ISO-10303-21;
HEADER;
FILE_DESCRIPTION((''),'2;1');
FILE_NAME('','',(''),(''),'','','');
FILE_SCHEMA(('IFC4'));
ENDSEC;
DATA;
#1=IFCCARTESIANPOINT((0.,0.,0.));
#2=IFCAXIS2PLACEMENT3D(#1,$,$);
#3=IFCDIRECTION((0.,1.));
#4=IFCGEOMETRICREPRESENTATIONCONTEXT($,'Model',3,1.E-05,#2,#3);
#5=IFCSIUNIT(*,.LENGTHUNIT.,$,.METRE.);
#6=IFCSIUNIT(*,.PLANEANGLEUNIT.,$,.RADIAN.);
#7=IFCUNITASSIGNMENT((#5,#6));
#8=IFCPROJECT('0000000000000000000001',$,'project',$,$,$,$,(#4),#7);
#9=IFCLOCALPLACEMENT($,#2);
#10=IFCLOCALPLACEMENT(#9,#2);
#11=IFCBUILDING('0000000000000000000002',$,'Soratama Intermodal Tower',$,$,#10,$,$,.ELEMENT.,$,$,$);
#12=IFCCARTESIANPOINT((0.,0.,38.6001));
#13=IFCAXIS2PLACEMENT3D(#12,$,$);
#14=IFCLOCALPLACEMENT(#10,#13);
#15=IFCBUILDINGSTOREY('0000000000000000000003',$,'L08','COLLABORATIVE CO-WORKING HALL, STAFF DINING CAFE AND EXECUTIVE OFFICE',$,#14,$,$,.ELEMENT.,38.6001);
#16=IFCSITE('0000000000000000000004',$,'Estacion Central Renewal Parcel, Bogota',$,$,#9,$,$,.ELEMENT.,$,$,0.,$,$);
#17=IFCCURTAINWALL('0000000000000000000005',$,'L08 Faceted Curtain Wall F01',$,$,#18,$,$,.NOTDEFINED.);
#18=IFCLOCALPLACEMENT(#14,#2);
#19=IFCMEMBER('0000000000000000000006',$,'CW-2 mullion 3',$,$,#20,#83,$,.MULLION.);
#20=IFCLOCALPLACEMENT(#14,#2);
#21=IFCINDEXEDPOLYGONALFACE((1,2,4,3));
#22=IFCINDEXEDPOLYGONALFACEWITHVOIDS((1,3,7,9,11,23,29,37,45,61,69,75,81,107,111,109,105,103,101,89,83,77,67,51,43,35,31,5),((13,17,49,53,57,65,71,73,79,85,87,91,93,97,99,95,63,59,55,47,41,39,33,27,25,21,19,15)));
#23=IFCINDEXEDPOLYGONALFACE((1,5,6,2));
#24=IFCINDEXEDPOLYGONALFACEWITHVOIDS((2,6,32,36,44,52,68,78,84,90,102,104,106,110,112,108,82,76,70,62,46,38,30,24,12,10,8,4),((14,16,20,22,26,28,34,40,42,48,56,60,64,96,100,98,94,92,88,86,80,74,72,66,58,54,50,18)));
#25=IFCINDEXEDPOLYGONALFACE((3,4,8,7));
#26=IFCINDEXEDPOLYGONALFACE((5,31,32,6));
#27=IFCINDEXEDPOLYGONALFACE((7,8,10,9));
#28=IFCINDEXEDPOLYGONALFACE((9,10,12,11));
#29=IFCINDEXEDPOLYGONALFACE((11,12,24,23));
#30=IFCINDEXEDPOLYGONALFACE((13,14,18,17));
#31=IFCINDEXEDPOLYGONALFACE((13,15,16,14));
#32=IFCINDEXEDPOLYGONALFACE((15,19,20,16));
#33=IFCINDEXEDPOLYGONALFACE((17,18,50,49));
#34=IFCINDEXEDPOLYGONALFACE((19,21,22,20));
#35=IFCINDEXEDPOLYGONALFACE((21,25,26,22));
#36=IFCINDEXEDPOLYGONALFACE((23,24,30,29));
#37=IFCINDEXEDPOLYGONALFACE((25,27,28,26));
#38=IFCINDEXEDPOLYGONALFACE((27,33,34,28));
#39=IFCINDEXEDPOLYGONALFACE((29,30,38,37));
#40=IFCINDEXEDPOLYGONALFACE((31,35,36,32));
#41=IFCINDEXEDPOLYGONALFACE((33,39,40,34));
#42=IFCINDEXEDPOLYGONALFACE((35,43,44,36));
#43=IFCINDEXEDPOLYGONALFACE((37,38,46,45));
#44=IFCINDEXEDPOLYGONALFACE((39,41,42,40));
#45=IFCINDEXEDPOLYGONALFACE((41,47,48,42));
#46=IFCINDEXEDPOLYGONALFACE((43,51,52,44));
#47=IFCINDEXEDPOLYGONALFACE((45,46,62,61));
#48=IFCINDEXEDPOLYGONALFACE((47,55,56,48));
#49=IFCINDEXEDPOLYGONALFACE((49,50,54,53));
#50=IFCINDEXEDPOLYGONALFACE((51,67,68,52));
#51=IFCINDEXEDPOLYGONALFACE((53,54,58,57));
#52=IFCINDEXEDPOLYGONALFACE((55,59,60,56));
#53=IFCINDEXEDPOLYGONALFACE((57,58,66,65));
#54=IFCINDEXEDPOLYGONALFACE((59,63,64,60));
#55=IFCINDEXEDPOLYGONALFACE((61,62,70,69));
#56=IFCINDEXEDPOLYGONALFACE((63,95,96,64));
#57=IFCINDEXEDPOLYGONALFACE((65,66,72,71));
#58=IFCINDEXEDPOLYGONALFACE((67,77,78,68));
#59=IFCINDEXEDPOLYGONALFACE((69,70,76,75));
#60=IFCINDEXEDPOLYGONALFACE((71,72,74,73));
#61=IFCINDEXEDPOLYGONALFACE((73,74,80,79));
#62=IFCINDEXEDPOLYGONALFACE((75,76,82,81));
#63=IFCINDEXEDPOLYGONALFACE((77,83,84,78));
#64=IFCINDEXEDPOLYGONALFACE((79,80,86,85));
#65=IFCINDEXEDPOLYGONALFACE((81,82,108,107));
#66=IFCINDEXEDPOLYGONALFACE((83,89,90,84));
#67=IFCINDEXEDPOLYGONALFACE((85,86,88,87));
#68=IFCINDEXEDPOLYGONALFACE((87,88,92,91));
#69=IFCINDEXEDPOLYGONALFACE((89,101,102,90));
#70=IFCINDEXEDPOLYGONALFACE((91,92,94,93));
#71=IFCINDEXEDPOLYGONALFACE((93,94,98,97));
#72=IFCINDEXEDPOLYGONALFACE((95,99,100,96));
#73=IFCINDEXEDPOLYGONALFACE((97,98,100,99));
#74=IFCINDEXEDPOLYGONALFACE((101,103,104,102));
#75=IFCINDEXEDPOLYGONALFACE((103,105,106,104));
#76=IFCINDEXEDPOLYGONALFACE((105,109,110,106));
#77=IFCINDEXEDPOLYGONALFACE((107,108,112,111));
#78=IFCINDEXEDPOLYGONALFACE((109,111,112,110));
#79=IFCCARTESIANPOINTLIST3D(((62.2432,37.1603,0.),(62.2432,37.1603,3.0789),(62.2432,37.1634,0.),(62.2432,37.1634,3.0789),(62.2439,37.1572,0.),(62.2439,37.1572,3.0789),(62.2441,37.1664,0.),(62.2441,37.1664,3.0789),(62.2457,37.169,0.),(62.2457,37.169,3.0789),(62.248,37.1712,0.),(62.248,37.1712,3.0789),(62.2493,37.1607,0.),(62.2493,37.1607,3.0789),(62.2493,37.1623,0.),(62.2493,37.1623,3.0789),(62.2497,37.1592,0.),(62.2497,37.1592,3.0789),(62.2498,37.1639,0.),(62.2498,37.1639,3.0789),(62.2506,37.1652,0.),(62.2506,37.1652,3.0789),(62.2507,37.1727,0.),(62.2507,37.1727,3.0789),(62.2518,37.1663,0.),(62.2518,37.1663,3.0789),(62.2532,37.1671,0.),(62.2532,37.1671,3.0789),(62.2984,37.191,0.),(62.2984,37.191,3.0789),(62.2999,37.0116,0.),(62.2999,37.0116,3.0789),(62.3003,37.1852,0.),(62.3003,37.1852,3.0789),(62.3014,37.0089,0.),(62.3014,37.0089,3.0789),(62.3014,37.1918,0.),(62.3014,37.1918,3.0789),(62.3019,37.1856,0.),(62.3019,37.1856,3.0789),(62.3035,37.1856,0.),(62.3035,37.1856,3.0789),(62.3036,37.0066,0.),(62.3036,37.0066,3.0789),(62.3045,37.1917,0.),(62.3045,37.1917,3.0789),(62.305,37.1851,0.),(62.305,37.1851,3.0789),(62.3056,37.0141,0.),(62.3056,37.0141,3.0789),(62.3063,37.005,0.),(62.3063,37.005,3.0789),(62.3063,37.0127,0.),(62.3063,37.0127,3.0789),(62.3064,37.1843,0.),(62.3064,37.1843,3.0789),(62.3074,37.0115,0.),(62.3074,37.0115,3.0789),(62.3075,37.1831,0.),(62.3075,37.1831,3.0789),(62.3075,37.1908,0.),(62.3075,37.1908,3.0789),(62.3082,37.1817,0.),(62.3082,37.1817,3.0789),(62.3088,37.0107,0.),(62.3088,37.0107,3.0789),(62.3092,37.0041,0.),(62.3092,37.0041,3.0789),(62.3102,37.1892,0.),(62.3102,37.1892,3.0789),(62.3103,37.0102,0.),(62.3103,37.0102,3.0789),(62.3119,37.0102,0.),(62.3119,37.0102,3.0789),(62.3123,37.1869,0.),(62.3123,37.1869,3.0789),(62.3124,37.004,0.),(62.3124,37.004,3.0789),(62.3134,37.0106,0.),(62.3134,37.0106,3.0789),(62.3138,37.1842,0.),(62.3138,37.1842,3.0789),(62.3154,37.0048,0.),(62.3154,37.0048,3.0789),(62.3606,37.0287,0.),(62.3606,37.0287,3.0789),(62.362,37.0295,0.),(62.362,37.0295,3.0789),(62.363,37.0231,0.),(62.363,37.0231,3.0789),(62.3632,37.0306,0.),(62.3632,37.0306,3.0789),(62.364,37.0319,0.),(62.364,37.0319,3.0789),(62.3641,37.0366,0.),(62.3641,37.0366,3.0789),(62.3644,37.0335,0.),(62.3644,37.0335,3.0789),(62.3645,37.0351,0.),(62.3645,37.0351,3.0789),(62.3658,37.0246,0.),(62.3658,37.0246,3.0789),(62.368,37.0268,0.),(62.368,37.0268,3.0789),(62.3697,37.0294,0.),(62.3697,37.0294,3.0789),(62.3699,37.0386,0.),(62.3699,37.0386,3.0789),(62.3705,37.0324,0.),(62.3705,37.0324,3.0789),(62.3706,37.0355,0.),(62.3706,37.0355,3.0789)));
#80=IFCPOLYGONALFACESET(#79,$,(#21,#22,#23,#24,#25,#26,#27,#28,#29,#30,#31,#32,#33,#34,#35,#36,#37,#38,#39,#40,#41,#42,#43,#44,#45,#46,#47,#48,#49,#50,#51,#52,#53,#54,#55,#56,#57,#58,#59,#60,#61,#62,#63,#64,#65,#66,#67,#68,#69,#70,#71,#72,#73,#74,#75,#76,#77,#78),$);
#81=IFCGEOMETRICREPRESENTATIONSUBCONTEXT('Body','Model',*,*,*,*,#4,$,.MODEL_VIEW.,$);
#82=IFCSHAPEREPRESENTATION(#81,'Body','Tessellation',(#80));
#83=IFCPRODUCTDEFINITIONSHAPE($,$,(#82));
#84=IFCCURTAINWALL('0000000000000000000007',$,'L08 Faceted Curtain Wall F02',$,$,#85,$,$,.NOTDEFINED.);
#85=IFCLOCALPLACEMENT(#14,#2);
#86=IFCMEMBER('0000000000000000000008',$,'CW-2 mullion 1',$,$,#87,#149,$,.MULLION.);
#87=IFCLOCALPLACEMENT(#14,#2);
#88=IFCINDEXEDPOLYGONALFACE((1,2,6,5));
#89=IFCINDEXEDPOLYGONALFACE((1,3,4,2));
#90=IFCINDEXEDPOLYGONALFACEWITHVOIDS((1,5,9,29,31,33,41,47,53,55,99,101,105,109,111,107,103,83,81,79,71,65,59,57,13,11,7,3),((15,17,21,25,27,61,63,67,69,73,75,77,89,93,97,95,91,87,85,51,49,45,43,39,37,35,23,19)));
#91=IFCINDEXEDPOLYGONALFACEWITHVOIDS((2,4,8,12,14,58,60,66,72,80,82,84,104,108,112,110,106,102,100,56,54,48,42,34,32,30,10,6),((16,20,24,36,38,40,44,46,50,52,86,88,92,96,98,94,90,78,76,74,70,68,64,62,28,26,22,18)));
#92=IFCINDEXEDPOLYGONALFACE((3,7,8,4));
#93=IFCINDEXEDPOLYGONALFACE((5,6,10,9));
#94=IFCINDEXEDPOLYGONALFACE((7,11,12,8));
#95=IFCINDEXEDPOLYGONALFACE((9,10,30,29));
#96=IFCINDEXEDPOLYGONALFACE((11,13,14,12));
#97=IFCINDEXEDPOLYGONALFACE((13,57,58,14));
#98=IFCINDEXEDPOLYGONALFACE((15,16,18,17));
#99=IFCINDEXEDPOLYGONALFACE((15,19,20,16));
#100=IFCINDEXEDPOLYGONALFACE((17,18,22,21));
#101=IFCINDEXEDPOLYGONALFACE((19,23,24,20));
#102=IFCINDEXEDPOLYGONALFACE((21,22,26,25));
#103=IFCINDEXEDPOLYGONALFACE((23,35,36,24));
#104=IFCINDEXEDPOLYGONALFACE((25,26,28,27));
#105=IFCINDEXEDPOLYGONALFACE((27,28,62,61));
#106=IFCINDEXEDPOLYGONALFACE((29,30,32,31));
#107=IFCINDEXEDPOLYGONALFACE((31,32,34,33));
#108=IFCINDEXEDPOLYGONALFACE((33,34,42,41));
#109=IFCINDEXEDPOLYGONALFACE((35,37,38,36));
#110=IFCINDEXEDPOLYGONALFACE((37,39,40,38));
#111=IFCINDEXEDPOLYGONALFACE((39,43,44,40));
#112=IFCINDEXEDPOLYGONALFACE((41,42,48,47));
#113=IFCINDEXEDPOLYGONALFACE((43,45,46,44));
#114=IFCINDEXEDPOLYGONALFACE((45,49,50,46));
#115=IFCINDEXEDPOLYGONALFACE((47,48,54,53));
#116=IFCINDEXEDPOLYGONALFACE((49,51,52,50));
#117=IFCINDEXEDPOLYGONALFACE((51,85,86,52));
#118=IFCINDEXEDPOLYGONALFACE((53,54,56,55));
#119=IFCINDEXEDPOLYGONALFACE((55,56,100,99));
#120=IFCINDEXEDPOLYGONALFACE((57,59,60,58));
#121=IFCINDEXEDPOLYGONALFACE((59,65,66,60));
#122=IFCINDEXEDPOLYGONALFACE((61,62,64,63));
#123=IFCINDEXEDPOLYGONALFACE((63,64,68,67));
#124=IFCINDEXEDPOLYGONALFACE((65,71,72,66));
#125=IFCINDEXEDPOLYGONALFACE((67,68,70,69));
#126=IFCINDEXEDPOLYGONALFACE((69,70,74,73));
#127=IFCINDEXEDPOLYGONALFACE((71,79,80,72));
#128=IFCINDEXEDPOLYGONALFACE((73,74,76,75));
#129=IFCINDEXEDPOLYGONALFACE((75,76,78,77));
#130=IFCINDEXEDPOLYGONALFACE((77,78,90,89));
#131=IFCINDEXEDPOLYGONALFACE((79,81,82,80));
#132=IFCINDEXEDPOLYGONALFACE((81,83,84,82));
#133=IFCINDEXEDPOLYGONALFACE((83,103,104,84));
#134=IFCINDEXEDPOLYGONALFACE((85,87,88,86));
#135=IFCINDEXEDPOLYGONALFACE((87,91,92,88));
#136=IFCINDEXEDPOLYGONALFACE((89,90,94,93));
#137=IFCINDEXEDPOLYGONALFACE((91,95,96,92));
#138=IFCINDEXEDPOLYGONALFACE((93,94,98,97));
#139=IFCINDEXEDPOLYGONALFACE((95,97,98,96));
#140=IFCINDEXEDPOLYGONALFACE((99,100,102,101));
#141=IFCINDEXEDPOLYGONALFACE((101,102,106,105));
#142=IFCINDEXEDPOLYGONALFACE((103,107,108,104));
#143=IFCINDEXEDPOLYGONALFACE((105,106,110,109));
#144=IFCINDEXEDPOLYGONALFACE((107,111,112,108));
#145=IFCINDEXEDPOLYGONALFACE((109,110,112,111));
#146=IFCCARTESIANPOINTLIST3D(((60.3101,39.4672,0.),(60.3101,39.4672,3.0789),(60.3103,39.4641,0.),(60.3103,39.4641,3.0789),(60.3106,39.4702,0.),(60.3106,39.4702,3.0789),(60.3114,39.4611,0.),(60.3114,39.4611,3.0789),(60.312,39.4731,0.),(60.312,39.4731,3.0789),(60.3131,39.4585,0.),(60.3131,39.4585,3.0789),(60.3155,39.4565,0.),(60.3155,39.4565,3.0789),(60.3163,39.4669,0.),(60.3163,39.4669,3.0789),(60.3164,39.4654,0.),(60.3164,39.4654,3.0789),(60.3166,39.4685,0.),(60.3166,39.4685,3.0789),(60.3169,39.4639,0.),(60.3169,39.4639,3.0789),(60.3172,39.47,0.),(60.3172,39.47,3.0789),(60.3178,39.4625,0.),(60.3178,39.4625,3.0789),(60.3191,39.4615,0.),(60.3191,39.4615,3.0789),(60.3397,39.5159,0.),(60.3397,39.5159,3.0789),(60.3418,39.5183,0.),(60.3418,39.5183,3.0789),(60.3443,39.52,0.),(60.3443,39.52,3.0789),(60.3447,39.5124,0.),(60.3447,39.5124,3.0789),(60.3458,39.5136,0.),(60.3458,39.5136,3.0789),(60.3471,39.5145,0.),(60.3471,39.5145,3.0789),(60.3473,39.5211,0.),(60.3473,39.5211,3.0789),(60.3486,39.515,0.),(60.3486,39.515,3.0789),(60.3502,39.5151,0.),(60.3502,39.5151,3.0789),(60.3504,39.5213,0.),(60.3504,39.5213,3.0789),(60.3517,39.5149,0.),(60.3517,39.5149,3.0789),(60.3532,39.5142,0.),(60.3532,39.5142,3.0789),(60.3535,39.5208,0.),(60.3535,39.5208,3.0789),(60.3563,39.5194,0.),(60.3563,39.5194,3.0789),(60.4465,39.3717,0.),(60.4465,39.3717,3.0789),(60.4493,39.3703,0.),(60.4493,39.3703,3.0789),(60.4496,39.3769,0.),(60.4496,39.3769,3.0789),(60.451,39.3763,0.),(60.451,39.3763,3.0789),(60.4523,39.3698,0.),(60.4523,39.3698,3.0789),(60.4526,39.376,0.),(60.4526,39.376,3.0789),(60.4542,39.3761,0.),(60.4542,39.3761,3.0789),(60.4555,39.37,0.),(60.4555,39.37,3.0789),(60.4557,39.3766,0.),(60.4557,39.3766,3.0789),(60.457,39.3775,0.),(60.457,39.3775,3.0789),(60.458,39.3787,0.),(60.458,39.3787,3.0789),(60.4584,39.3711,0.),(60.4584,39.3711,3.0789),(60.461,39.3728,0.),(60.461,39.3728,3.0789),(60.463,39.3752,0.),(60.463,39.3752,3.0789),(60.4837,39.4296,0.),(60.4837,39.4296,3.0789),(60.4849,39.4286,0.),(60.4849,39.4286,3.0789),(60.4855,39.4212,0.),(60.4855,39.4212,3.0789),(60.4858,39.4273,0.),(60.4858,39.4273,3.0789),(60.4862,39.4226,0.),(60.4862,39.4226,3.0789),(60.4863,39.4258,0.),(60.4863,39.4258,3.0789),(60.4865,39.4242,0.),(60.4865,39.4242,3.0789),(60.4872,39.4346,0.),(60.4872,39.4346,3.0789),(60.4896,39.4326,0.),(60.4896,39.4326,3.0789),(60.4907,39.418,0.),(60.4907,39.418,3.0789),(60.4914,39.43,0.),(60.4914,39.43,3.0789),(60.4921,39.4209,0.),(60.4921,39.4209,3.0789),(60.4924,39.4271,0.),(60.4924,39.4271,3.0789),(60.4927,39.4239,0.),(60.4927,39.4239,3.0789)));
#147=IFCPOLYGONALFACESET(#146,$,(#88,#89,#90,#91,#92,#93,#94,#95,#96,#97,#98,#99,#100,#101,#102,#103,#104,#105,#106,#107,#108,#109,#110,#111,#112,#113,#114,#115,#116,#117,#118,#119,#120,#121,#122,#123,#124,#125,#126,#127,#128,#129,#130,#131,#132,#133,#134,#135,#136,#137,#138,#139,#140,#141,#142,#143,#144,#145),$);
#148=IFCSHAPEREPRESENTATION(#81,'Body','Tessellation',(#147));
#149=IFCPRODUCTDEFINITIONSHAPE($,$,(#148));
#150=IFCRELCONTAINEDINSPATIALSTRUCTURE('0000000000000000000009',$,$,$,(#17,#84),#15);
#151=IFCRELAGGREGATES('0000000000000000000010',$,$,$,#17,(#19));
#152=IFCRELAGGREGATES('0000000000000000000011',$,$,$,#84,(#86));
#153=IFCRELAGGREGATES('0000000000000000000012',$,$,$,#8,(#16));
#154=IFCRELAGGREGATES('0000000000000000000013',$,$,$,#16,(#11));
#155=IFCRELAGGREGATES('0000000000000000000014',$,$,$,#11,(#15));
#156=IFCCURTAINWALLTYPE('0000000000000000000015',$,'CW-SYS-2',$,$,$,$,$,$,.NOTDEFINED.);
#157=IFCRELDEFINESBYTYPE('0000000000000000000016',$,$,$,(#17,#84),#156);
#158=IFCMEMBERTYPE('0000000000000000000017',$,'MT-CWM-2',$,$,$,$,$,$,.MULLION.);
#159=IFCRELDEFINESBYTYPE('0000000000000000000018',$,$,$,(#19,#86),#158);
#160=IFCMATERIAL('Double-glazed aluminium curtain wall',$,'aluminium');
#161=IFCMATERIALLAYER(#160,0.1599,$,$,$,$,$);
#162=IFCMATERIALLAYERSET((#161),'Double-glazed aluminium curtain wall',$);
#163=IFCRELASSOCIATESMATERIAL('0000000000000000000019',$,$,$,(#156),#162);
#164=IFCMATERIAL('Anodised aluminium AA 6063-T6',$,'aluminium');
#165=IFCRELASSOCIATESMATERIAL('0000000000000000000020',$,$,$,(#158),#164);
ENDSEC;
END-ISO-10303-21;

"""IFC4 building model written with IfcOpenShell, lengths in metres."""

from ifc_helpers import new_model, si_unit, direction, frame, origin, origin_2d, place, context, subcontext, project, spatial, hollow_rectangle, extrude, material, layer, layer_set, material_profile, profile_set, type_object, element, aggregate, save


model = new_model("IFC4")

# Units and contexts
model_context = context("Model", 3, precision=1e-05, world=origin(), true_north=direction((0.0, 1.0)))
body_context = subcontext(model_context, "Body", "Model", "MODEL_VIEW")
ifc_project = project(units=[si_unit("LENGTHUNIT", "METRE"), si_unit("PLANEANGLEUNIT", "RADIAN")], contexts=[model_context])

# Site, building, storey
site_placement = place(None, origin())
site = spatial("IfcSite", under=ifc_project, at=site_placement, Name="Estacion Central Renewal Parcel, Bogota", CompositionType="ELEMENT", RefElevation=0.0)
building_placement = place(site_placement, origin())
building = spatial("IfcBuilding", under=site, at=building_placement, Name="Soratama Intermodal Tower", CompositionType="ELEMENT")
storey_placement = place(building_placement, frame((0.0, 0.0, 38.6001)))
storey = spatial("IfcBuildingStorey", under=building, at=storey_placement, Name="L08", Description="COLLABORATIVE CO-WORKING HALL, STAFF DINING CAFE AND EXECUTIVE OFFICE", CompositionType="ELEMENT", Elevation=38.6001)

# Curtain wall, member
ifc_material_1 = material(Name="Double-glazed aluminium curtain wall", Category="aluminium")
ifc_layer_1 = layer(ifc_material_1, 0.1599)
ifc_layer_set_1 = layer_set([ifc_layer_1], Name="Double-glazed aluminium curtain wall")
curtain_wall_type = type_object("IfcCurtainWallType", Name="CW-SYS-2", PredefinedType="NOTDEFINED", material=ifc_layer_set_1)
curtain_wall_1_placement = place(storey_placement, origin())
curtain_wall_1 = element("IfcCurtainWall", 1, at=curtain_wall_1_placement, inside=storey, type_object=curtain_wall_type, Name="L08 Faceted Curtain Wall F01", PredefinedType="NOTDEFINED")
ifc_material_2 = material(Name="Anodised aluminium AA 6063-T6", Category="aluminium")
ifc_material_profile_1 = material_profile(ifc_material_2, hollow_rectangle(XDim=0.075, YDim=0.1799, WallThickness=0.0061, InnerFilletRadius=0.0061, OuterFilletRadius=0.012, at=origin_2d()), Name="CWM180X75X6")
ifc_profile_set_1 = profile_set([ifc_material_profile_1], Name="Anodised aluminium AA 6063-T6")
member_type_1 = type_object("IfcMemberType", Name="MT-CWM-2", PredefinedType="MULLION", material=ifc_profile_set_1)
member_1_placement = place(storey_placement, frame((62.3069, 37.0979, 0.0), z_axis=(0.0, 0.0, 1.0), x_axis=(-0.933206, -0.359341, 0.0)))
member_1 = element("IfcMember", 2, at=member_1_placement, type_object=member_type_1, Name="CW-2 mullion 3", PredefinedType="MULLION", context=body_context, shape_type="SweptSolid", body=[
    extrude(hollow_rectangle(XDim=0.075, YDim=0.1799, WallThickness=0.0061, InnerFilletRadius=0.0061, OuterFilletRadius=0.012, at=origin_2d()), origin(), (0.0, 0.0, 1.0), 3.0789),
])
aggregate(curtain_wall_1, [member_1])

# Curtain wall, member
curtain_wall_2_placement = place(storey_placement, origin())
curtain_wall_2 = element("IfcCurtainWall", 3, at=curtain_wall_2_placement, inside=storey, type_object=curtain_wall_type, Name="L08 Faceted Curtain Wall F02", PredefinedType="NOTDEFINED")
member_2_placement = place(storey_placement, frame((60.4014, 39.4456, 0.0), z_axis=(0.0, 0.0, 1.0), x_axis=(-0.543763, -0.839239, 0.0)))
member_2 = element("IfcMember", 4, at=member_2_placement, type_object=member_type_1, Name="CW-2 mullion 1", PredefinedType="MULLION", context=body_context, shape_type="SweptSolid", body=[
    extrude(hollow_rectangle(XDim=0.075, YDim=0.1799, WallThickness=0.0061, InnerFilletRadius=0.0061, OuterFilletRadius=0.012, at=origin_2d()), origin(), (0.0, 0.0, 1.0), 3.0789),
])
aggregate(curtain_wall_2, [member_2])

save(model, "model.ifc")
